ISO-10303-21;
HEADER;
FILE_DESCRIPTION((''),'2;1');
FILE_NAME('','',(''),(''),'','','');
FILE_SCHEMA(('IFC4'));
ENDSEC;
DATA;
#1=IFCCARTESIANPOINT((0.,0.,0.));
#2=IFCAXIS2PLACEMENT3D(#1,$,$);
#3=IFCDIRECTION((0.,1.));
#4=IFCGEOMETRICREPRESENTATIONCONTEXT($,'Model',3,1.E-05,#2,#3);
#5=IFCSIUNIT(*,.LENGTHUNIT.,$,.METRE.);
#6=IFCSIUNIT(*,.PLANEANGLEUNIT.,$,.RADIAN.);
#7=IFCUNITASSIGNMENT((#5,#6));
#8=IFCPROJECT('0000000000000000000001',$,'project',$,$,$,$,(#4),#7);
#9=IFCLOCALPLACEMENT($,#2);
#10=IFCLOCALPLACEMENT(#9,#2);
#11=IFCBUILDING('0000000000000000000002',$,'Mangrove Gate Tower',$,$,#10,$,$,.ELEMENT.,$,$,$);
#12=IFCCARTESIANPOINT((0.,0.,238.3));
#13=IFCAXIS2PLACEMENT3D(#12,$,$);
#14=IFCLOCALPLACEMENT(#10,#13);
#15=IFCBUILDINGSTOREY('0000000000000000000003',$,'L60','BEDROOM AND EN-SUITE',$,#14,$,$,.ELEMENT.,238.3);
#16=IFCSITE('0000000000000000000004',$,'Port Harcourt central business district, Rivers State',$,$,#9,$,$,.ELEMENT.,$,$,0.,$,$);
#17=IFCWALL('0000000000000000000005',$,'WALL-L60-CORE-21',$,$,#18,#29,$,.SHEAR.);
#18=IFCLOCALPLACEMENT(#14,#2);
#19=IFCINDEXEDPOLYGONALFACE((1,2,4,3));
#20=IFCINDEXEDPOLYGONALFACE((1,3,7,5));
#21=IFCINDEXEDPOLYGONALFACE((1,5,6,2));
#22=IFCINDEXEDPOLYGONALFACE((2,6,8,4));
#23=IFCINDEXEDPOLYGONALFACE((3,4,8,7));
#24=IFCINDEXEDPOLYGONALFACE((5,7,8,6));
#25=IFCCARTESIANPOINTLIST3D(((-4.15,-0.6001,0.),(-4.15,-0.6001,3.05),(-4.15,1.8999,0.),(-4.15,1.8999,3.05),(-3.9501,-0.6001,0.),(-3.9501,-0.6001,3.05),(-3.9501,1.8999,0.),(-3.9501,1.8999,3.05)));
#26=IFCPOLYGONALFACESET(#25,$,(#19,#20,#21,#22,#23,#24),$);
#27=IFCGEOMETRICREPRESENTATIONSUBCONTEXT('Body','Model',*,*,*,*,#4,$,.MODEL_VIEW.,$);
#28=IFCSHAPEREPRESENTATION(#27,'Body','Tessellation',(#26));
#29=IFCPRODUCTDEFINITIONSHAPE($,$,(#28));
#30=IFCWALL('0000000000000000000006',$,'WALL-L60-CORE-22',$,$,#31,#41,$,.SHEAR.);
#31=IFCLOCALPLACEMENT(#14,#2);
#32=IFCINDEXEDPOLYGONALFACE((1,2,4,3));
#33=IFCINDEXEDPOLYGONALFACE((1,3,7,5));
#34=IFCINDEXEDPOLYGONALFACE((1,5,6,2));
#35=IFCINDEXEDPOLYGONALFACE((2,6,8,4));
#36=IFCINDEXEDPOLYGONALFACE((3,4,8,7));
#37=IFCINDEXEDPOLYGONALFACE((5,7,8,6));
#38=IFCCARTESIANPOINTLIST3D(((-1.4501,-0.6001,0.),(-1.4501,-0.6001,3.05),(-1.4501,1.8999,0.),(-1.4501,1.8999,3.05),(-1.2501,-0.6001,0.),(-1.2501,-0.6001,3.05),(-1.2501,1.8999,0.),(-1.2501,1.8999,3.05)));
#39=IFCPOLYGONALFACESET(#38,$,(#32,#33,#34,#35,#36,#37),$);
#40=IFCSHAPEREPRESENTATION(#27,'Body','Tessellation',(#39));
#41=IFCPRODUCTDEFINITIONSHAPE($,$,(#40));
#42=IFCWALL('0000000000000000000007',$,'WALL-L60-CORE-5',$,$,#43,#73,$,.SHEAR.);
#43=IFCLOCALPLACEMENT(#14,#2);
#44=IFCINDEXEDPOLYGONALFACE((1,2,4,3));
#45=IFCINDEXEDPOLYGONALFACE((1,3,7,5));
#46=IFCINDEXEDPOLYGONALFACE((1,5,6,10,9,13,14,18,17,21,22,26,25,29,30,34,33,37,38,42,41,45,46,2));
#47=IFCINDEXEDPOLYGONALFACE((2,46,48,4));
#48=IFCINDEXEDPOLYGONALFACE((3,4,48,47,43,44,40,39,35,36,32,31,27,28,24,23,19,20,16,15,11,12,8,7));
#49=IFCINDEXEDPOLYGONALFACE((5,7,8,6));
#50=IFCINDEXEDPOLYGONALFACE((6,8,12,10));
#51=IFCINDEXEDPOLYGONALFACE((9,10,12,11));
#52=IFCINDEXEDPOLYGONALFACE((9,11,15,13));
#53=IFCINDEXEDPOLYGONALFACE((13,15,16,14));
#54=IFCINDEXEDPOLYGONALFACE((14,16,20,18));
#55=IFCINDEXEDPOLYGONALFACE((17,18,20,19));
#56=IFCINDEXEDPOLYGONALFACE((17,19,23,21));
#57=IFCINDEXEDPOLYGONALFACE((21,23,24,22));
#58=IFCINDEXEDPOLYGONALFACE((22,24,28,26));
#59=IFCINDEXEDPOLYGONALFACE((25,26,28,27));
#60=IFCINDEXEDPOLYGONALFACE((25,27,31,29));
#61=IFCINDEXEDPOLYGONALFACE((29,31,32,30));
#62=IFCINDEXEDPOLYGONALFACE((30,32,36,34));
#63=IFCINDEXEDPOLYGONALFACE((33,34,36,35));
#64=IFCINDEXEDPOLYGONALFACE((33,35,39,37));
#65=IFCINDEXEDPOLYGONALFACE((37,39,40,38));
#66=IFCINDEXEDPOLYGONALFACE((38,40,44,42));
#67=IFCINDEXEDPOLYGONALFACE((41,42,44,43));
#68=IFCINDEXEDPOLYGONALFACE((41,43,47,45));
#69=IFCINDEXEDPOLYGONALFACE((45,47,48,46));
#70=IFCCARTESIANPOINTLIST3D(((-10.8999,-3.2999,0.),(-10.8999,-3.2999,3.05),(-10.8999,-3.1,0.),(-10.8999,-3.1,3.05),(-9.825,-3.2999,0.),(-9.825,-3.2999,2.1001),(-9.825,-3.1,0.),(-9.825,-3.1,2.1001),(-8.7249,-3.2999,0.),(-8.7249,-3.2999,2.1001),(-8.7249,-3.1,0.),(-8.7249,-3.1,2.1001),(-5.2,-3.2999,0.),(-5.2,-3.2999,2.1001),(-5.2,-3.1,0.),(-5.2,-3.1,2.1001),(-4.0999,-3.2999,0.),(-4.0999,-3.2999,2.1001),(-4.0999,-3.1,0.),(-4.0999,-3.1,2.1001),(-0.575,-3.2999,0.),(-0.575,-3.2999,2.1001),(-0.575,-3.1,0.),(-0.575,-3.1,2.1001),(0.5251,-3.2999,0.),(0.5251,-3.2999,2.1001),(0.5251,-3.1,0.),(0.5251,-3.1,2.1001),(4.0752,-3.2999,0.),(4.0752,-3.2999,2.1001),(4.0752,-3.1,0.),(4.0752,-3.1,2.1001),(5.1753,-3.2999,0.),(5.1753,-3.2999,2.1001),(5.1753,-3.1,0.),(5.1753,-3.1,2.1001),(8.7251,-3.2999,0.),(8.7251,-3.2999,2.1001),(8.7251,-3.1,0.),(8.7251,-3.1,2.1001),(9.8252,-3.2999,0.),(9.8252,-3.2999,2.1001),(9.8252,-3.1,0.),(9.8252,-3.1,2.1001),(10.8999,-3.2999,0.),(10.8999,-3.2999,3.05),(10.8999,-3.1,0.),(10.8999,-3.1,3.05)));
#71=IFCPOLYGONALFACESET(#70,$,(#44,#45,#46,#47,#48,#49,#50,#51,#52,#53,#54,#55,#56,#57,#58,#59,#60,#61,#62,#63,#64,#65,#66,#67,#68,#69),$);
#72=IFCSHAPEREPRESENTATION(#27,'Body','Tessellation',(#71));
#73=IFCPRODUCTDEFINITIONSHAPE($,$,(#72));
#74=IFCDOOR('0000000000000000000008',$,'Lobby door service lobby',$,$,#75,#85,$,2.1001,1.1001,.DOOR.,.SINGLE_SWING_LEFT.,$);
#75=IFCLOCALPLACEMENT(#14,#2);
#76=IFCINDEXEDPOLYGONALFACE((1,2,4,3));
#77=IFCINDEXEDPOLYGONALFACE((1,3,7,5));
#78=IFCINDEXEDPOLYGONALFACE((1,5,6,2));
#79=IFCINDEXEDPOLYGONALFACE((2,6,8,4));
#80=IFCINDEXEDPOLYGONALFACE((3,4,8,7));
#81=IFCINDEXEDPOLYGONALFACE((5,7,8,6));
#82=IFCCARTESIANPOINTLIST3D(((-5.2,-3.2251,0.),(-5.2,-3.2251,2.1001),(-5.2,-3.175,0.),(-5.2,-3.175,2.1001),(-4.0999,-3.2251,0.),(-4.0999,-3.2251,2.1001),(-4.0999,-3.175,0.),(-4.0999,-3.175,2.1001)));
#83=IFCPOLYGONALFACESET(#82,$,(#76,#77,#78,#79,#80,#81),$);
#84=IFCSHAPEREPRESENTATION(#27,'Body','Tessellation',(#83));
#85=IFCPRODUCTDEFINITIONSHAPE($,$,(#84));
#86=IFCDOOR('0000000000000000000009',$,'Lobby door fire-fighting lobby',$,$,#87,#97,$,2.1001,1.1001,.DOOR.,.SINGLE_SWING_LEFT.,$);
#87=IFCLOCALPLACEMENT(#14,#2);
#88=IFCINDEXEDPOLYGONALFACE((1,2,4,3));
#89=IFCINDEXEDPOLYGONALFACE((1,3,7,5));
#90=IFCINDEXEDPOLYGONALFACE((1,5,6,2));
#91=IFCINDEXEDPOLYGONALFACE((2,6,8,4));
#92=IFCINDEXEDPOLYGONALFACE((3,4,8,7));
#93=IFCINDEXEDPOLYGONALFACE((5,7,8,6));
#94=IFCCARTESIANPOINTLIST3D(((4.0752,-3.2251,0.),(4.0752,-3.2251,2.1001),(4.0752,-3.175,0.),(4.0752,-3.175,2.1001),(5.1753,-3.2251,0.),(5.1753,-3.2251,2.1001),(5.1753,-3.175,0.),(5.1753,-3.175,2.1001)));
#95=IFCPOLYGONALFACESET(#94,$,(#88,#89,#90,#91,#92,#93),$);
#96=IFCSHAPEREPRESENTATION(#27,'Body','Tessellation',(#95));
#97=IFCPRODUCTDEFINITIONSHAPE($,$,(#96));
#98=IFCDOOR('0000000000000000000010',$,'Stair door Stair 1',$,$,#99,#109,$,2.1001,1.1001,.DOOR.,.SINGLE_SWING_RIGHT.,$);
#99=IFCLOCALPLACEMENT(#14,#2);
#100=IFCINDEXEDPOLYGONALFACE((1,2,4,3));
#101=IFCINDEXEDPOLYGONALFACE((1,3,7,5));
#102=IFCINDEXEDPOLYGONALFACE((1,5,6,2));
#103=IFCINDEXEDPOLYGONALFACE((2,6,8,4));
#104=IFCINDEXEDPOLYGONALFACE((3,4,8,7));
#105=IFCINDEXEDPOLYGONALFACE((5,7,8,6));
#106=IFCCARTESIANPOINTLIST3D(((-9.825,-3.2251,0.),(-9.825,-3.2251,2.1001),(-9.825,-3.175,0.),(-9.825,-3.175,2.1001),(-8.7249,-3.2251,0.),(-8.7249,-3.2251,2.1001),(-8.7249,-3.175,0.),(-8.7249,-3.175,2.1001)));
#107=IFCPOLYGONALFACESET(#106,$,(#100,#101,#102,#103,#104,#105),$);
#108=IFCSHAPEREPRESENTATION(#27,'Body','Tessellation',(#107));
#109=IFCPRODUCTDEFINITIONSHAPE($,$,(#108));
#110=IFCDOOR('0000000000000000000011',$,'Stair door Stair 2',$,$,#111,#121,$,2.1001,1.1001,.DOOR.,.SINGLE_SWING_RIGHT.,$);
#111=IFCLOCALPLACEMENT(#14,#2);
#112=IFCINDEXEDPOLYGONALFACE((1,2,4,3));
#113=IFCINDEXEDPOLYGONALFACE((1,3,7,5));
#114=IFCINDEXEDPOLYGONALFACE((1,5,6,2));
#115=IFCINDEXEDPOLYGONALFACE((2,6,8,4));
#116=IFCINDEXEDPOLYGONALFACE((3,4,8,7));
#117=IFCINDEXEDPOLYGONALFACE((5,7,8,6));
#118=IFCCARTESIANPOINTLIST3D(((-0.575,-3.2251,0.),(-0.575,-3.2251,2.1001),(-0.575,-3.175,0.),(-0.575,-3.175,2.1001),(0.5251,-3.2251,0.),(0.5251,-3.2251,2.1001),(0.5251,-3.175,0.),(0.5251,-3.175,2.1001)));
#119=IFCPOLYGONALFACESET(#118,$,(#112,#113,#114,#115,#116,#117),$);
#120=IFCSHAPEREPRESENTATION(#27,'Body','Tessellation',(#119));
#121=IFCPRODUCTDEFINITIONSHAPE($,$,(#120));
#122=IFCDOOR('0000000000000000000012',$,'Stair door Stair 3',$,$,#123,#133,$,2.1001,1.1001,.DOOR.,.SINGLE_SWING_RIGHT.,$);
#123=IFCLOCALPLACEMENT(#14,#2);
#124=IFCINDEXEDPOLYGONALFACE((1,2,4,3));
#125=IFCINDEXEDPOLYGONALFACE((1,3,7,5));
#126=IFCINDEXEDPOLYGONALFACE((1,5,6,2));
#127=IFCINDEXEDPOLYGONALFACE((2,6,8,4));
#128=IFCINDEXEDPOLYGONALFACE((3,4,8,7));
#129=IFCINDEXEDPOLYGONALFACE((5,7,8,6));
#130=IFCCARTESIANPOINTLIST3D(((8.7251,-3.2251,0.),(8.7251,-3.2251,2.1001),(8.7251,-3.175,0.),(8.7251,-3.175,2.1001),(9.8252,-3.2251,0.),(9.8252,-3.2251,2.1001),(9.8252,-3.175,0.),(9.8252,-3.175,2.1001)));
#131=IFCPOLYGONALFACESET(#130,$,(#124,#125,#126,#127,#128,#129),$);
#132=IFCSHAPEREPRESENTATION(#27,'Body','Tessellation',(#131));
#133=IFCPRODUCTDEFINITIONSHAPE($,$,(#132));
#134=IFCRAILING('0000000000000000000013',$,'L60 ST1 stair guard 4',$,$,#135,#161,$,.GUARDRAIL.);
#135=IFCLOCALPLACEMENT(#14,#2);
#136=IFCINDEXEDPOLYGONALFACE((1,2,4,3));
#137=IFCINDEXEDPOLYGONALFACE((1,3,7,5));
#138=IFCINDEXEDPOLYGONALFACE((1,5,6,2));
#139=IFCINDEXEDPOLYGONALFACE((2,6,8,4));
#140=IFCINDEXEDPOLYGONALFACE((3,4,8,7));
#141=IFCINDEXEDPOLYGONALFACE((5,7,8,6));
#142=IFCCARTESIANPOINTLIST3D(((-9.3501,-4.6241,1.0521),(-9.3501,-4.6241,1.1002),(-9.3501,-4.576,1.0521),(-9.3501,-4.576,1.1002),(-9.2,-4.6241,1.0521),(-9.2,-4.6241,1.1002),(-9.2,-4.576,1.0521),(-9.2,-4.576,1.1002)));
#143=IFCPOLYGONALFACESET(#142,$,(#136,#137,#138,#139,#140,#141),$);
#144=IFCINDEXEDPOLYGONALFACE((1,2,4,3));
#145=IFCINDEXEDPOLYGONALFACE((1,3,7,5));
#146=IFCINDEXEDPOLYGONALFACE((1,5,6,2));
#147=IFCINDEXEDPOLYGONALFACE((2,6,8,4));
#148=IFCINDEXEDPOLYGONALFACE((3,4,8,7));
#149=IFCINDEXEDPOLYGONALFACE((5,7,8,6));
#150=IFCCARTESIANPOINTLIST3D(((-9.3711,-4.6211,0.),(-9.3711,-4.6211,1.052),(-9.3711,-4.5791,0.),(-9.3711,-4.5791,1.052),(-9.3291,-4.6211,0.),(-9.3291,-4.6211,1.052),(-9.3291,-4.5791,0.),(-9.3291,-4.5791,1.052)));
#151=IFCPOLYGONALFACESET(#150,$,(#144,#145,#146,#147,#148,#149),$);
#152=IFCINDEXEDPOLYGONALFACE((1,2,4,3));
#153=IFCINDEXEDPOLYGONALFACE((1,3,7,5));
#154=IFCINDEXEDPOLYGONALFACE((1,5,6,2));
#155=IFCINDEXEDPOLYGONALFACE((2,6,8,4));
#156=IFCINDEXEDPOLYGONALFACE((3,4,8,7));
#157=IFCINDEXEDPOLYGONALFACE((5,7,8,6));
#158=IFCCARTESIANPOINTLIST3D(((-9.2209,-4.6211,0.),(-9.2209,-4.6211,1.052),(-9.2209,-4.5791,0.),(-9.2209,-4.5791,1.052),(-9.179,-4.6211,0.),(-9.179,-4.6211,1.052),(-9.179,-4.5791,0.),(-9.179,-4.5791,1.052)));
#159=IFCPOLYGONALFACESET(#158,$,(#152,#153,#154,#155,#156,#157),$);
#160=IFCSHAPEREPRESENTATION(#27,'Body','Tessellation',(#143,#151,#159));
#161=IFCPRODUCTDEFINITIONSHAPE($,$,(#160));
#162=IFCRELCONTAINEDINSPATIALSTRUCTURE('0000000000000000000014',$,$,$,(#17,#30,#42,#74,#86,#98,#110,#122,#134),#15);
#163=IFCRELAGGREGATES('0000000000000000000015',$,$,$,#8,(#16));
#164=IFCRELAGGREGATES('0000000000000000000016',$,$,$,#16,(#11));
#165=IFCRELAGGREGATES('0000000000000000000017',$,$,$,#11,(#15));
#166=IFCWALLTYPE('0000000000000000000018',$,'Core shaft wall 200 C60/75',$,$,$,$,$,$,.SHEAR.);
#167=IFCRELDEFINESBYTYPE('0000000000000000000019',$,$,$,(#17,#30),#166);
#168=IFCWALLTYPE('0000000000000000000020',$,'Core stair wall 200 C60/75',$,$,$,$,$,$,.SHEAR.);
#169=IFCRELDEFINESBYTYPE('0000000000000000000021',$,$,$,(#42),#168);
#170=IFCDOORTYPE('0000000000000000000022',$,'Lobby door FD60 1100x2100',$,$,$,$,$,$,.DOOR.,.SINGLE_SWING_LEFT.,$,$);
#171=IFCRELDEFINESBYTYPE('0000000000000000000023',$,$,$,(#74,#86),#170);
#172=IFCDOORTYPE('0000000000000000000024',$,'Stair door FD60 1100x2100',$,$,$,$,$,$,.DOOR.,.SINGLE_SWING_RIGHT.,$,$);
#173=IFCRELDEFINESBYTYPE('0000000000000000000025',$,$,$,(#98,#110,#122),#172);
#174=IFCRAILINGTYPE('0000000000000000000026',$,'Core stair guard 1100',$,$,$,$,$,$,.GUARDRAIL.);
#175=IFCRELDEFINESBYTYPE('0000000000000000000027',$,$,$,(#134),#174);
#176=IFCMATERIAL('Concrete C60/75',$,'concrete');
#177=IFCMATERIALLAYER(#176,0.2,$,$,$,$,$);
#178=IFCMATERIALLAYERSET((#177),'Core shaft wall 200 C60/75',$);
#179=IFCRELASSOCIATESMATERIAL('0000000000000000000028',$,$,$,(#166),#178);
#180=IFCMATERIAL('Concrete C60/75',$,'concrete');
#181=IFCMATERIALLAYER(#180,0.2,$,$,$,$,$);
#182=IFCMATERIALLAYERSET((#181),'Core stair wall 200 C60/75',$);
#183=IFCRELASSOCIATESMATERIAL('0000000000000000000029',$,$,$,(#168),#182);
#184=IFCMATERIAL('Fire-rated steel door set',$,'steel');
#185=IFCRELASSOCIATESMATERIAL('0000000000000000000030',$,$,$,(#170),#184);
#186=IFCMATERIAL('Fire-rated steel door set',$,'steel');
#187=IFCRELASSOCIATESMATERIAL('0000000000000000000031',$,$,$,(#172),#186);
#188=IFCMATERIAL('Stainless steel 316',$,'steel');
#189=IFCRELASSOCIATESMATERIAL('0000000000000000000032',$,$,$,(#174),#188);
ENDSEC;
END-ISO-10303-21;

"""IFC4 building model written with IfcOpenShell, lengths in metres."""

from ifc_helpers import new_model, si_unit, direction, frame, frame_2d, origin, origin_2d, place, context, subcontext, project, spatial, rectangle, extrude, material, layer, layer_set, type_object, element, fill, save


model = new_model("IFC4")

# Units and contexts
model_context = context("Model", 3, precision=1e-05, world=origin(), true_north=direction((0.0, 1.0)))
body_context = subcontext(model_context, "Body", "Model", "MODEL_VIEW")
ifc_project = project(units=[si_unit("LENGTHUNIT", "METRE"), si_unit("PLANEANGLEUNIT", "RADIAN")], contexts=[model_context])

# Site, building, storey
site_placement = place(None, origin())
site = spatial("IfcSite", under=ifc_project, at=site_placement, Name="Port Harcourt central business district, Rivers State", CompositionType="ELEMENT", RefElevation=0.0)
building_placement = place(site_placement, origin())
building = spatial("IfcBuilding", under=site, at=building_placement, Name="Mangrove Gate Tower", CompositionType="ELEMENT")
storey_placement = place(building_placement, frame((0.0, 0.0, 238.3)))
storey = spatial("IfcBuildingStorey", under=building, at=storey_placement, Name="L60", Description="BEDROOM AND EN-SUITE", CompositionType="ELEMENT", Elevation=238.3)

# Shared definitions
ifc_material_1 = material(Name="Concrete C60/75", Category="concrete")
ifc_layer_1 = layer(ifc_material_1, 0.2)
ifc_layer_set_1 = layer_set([ifc_layer_1], Name="Core shaft wall 200 C60/75")
wall_type_1 = type_object("IfcWallType", Name="Core shaft wall 200 C60/75", PredefinedType="SHEAR", material=ifc_layer_set_1)

# Walls
for number, where, z_axis, x_axis, name in (
    (1, (-4.05, -0.6001, 0.0), (0.0, 0.0, 1.0), (0.0, 1.0, 0.0), "WALL-L60-CORE-21"),
    (2, (-1.3501, -0.6001, 0.0), (0.0, 0.0, 1.0), (0.0, 1.0, 0.0), "WALL-L60-CORE-22"),
):
    element("IfcWall", number, at=place(storey_placement, frame(where, z_axis=z_axis, x_axis=x_axis)), inside=storey, type_object=wall_type_1, Name=name, PredefinedType="SHEAR", context=body_context, shape_type="SweptSolid", body=[
        extrude(rectangle(XDim=2.5, YDim=0.2, at=frame_2d((1.25, 0.0))), origin(), (0.0, 0.0, 1.0), 3.05),
    ])

# Wall, openings, doors
ifc_material_2 = material(Name="Concrete C60/75", Category="concrete")
ifc_layer_2 = layer(ifc_material_2, 0.2)
ifc_layer_set_2 = layer_set([ifc_layer_2], Name="Core stair wall 200 C60/75")
wall_type_2 = type_object("IfcWallType", Name="Core stair wall 200 C60/75", PredefinedType="SHEAR", material=ifc_layer_set_2)
wall_1_placement = place(storey_placement, frame((-10.8999, -3.2, 0.0), z_axis=(0.0, 0.0, 1.0), x_axis=(1.0, 0.0, 0.0)))
wall_1 = element("IfcWall", 3, at=wall_1_placement, inside=storey, type_object=wall_type_2, Name="WALL-L60-CORE-5", PredefinedType="SHEAR", context=body_context, shape_type="SweptSolid", body=[
    extrude(rectangle(XDim=21.7998, YDim=0.2, at=frame_2d((10.8999, 0.0))), origin(), (0.0, 0.0, 1.0), 3.05),
])
opening_1_placement = place(wall_1_placement, frame((1.075, 0.0, 0.0)))
opening_1 = element("IfcOpeningElement", 4, at=opening_1_placement, cuts=wall_1, PredefinedType="OPENING", context=body_context, shape_type="SweptSolid", body=[
    extrude(rectangle(XDim=1.1001, YDim=2.1001, at=frame_2d((0.55, 1.05))), frame((0.0, 0.1099, 0.0), z_axis=(0.0, -1.0, 0.0), x_axis=(1.0, 0.0, 0.0)), (0.0, 0.0, 1.0), 0.22),
])
opening_2_placement = place(wall_1_placement, frame((10.325, 0.0, 0.0)))
opening_2 = element("IfcOpeningElement", 5, at=opening_2_placement, cuts=wall_1, PredefinedType="OPENING", context=body_context, shape_type="SweptSolid", body=[
    extrude(rectangle(XDim=1.1001, YDim=2.1001, at=frame_2d((0.55, 1.05))), frame((0.0, 0.1099, 0.0), z_axis=(0.0, -1.0, 0.0), x_axis=(1.0, 0.0, 0.0)), (0.0, 0.0, 1.0), 0.22),
])
opening_3_placement = place(wall_1_placement, frame((19.625, 0.0, 0.0)))
opening_3 = element("IfcOpeningElement", 6, at=opening_3_placement, cuts=wall_1, PredefinedType="OPENING", context=body_context, shape_type="SweptSolid", body=[
    extrude(rectangle(XDim=1.1001, YDim=2.1001, at=frame_2d((0.55, 1.05))), frame((0.0, 0.1099, 0.0), z_axis=(0.0, -1.0, 0.0), x_axis=(1.0, 0.0, 0.0)), (0.0, 0.0, 1.0), 0.22),
])
opening_4_placement = place(wall_1_placement, frame((5.7, 0.0, 0.0)))
opening_4 = element("IfcOpeningElement", 7, at=opening_4_placement, cuts=wall_1, PredefinedType="OPENING", context=body_context, shape_type="SweptSolid", body=[
    extrude(rectangle(XDim=1.1001, YDim=2.1001, at=frame_2d((0.55, 1.05))), frame((0.0, 0.1099, 0.0), z_axis=(0.0, -1.0, 0.0), x_axis=(1.0, 0.0, 0.0)), (0.0, 0.0, 1.0), 0.22),
])
opening_5_placement = place(wall_1_placement, frame((14.9751, 0.0, 0.0)))
opening_5 = element("IfcOpeningElement", 8, at=opening_5_placement, cuts=wall_1, PredefinedType="OPENING", context=body_context, shape_type="SweptSolid", body=[
    extrude(rectangle(XDim=1.1001, YDim=2.1001, at=frame_2d((0.55, 1.05))), frame((0.0, 0.1099, 0.0), z_axis=(0.0, -1.0, 0.0), x_axis=(1.0, 0.0, 0.0)), (0.0, 0.0, 1.0), 0.22),
])
ifc_material_3 = material(Name="Fire-rated steel door set", Category="steel")
door_type_1 = type_object("IfcDoorType", Name="Lobby door FD60 1100x2100", OperationType="SINGLE_SWING_LEFT", PredefinedType="DOOR", material=ifc_material_3)
door_1_placement = place(opening_4_placement, origin())
door_1 = element("IfcDoor", 9, at=door_1_placement, inside=storey, type_object=door_type_1, Name="Lobby door service lobby", OperationType="SINGLE_SWING_LEFT", OverallHeight=2.1001, OverallWidth=1.1001, PredefinedType="DOOR", context=body_context, shape_type="SweptSolid", body=[
    extrude(rectangle(XDim=1.1001, YDim=2.1001, at=frame_2d((0.55, 1.05))), frame((0.0, 0.0249, 0.0), z_axis=(0.0, -1.0, 0.0), x_axis=(1.0, 0.0, 0.0)), (0.0, 0.0, 1.0), 0.05),
])
fill(opening_4, door_1)
door_2_placement = place(opening_5_placement, origin())
door_2 = element("IfcDoor", 10, at=door_2_placement, inside=storey, type_object=door_type_1, Name="Lobby door fire-fighting lobby", OperationType="SINGLE_SWING_LEFT", OverallHeight=2.1001, OverallWidth=1.1001, PredefinedType="DOOR", context=body_context, shape_type="SweptSolid", body=[
    extrude(rectangle(XDim=1.1001, YDim=2.1001, at=frame_2d((0.55, 1.05))), frame((0.0, 0.0249, 0.0), z_axis=(0.0, -1.0, 0.0), x_axis=(1.0, 0.0, 0.0)), (0.0, 0.0, 1.0), 0.05),
])
fill(opening_5, door_2)
ifc_material_4 = material(Name="Fire-rated steel door set", Category="steel")
door_type_2 = type_object("IfcDoorType", Name="Stair door FD60 1100x2100", OperationType="SINGLE_SWING_RIGHT", PredefinedType="DOOR", material=ifc_material_4)
door_3_placement = place(opening_1_placement, origin())
door_3 = element("IfcDoor", 11, at=door_3_placement, inside=storey, type_object=door_type_2, Name="Stair door Stair 1", OperationType="SINGLE_SWING_RIGHT", OverallHeight=2.1001, OverallWidth=1.1001, PredefinedType="DOOR", context=body_context, shape_type="SweptSolid", body=[
    extrude(rectangle(XDim=1.1001, YDim=2.1001, at=frame_2d((0.55, 1.05))), frame((0.0, 0.0249, 0.0), z_axis=(0.0, -1.0, 0.0), x_axis=(1.0, 0.0, 0.0)), (0.0, 0.0, 1.0), 0.05),
])
fill(opening_1, door_3)
door_4_placement = place(opening_2_placement, origin())
door_4 = element("IfcDoor", 12, at=door_4_placement, inside=storey, type_object=door_type_2, Name="Stair door Stair 2", OperationType="SINGLE_SWING_RIGHT", OverallHeight=2.1001, OverallWidth=1.1001, PredefinedType="DOOR", context=body_context, shape_type="SweptSolid", body=[
    extrude(rectangle(XDim=1.1001, YDim=2.1001, at=frame_2d((0.55, 1.05))), frame((0.0, 0.0249, 0.0), z_axis=(0.0, -1.0, 0.0), x_axis=(1.0, 0.0, 0.0)), (0.0, 0.0, 1.0), 0.05),
])
fill(opening_2, door_4)
door_5_placement = place(opening_3_placement, origin())
door_5 = element("IfcDoor", 13, at=door_5_placement, inside=storey, type_object=door_type_2, Name="Stair door Stair 3", OperationType="SINGLE_SWING_RIGHT", OverallHeight=2.1001, OverallWidth=1.1001, PredefinedType="DOOR", context=body_context, shape_type="SweptSolid", body=[
    extrude(rectangle(XDim=1.1001, YDim=2.1001, at=frame_2d((0.55, 1.05))), frame((0.0, 0.0249, 0.0), z_axis=(0.0, -1.0, 0.0), x_axis=(1.0, 0.0, 0.0)), (0.0, 0.0, 1.0), 0.05),
])
fill(opening_3, door_5)

# Railing
ifc_material_5 = material(Name="Stainless steel 316", Category="steel")
railing_type = type_object("IfcRailingType", Name="Core stair guard 1100", PredefinedType="GUARDRAIL", material=ifc_material_5)
railing_placement = place(storey_placement, frame((-9.3501, -4.6001, 0.0)))
element("IfcRailing", 14, at=railing_placement, inside=storey, type_object=railing_type, Name="L60 ST1 stair guard 4", PredefinedType="GUARDRAIL", context=body_context, shape_type="SweptSolid", body=[
    extrude(rectangle(XDim=0.0481, YDim=0.0481, at=origin_2d()), frame((0.0, 0.0, 1.0762), z_axis=(1.0, 0.0, 0.0), x_axis=(0.0, 1.0, 0.0)), (0.0, 0.0, 1.0), 0.1501),
    extrude(rectangle(XDim=0.042, YDim=0.042, at=origin_2d()), origin(), (0.0, 0.0, 1.0), 1.052),
    extrude(rectangle(XDim=0.042, YDim=0.042, at=origin_2d()), frame((0.1501, 0.0, 0.0)), (0.0, 0.0, 1.0), 1.052),
])

save(model, "model.ifc")
